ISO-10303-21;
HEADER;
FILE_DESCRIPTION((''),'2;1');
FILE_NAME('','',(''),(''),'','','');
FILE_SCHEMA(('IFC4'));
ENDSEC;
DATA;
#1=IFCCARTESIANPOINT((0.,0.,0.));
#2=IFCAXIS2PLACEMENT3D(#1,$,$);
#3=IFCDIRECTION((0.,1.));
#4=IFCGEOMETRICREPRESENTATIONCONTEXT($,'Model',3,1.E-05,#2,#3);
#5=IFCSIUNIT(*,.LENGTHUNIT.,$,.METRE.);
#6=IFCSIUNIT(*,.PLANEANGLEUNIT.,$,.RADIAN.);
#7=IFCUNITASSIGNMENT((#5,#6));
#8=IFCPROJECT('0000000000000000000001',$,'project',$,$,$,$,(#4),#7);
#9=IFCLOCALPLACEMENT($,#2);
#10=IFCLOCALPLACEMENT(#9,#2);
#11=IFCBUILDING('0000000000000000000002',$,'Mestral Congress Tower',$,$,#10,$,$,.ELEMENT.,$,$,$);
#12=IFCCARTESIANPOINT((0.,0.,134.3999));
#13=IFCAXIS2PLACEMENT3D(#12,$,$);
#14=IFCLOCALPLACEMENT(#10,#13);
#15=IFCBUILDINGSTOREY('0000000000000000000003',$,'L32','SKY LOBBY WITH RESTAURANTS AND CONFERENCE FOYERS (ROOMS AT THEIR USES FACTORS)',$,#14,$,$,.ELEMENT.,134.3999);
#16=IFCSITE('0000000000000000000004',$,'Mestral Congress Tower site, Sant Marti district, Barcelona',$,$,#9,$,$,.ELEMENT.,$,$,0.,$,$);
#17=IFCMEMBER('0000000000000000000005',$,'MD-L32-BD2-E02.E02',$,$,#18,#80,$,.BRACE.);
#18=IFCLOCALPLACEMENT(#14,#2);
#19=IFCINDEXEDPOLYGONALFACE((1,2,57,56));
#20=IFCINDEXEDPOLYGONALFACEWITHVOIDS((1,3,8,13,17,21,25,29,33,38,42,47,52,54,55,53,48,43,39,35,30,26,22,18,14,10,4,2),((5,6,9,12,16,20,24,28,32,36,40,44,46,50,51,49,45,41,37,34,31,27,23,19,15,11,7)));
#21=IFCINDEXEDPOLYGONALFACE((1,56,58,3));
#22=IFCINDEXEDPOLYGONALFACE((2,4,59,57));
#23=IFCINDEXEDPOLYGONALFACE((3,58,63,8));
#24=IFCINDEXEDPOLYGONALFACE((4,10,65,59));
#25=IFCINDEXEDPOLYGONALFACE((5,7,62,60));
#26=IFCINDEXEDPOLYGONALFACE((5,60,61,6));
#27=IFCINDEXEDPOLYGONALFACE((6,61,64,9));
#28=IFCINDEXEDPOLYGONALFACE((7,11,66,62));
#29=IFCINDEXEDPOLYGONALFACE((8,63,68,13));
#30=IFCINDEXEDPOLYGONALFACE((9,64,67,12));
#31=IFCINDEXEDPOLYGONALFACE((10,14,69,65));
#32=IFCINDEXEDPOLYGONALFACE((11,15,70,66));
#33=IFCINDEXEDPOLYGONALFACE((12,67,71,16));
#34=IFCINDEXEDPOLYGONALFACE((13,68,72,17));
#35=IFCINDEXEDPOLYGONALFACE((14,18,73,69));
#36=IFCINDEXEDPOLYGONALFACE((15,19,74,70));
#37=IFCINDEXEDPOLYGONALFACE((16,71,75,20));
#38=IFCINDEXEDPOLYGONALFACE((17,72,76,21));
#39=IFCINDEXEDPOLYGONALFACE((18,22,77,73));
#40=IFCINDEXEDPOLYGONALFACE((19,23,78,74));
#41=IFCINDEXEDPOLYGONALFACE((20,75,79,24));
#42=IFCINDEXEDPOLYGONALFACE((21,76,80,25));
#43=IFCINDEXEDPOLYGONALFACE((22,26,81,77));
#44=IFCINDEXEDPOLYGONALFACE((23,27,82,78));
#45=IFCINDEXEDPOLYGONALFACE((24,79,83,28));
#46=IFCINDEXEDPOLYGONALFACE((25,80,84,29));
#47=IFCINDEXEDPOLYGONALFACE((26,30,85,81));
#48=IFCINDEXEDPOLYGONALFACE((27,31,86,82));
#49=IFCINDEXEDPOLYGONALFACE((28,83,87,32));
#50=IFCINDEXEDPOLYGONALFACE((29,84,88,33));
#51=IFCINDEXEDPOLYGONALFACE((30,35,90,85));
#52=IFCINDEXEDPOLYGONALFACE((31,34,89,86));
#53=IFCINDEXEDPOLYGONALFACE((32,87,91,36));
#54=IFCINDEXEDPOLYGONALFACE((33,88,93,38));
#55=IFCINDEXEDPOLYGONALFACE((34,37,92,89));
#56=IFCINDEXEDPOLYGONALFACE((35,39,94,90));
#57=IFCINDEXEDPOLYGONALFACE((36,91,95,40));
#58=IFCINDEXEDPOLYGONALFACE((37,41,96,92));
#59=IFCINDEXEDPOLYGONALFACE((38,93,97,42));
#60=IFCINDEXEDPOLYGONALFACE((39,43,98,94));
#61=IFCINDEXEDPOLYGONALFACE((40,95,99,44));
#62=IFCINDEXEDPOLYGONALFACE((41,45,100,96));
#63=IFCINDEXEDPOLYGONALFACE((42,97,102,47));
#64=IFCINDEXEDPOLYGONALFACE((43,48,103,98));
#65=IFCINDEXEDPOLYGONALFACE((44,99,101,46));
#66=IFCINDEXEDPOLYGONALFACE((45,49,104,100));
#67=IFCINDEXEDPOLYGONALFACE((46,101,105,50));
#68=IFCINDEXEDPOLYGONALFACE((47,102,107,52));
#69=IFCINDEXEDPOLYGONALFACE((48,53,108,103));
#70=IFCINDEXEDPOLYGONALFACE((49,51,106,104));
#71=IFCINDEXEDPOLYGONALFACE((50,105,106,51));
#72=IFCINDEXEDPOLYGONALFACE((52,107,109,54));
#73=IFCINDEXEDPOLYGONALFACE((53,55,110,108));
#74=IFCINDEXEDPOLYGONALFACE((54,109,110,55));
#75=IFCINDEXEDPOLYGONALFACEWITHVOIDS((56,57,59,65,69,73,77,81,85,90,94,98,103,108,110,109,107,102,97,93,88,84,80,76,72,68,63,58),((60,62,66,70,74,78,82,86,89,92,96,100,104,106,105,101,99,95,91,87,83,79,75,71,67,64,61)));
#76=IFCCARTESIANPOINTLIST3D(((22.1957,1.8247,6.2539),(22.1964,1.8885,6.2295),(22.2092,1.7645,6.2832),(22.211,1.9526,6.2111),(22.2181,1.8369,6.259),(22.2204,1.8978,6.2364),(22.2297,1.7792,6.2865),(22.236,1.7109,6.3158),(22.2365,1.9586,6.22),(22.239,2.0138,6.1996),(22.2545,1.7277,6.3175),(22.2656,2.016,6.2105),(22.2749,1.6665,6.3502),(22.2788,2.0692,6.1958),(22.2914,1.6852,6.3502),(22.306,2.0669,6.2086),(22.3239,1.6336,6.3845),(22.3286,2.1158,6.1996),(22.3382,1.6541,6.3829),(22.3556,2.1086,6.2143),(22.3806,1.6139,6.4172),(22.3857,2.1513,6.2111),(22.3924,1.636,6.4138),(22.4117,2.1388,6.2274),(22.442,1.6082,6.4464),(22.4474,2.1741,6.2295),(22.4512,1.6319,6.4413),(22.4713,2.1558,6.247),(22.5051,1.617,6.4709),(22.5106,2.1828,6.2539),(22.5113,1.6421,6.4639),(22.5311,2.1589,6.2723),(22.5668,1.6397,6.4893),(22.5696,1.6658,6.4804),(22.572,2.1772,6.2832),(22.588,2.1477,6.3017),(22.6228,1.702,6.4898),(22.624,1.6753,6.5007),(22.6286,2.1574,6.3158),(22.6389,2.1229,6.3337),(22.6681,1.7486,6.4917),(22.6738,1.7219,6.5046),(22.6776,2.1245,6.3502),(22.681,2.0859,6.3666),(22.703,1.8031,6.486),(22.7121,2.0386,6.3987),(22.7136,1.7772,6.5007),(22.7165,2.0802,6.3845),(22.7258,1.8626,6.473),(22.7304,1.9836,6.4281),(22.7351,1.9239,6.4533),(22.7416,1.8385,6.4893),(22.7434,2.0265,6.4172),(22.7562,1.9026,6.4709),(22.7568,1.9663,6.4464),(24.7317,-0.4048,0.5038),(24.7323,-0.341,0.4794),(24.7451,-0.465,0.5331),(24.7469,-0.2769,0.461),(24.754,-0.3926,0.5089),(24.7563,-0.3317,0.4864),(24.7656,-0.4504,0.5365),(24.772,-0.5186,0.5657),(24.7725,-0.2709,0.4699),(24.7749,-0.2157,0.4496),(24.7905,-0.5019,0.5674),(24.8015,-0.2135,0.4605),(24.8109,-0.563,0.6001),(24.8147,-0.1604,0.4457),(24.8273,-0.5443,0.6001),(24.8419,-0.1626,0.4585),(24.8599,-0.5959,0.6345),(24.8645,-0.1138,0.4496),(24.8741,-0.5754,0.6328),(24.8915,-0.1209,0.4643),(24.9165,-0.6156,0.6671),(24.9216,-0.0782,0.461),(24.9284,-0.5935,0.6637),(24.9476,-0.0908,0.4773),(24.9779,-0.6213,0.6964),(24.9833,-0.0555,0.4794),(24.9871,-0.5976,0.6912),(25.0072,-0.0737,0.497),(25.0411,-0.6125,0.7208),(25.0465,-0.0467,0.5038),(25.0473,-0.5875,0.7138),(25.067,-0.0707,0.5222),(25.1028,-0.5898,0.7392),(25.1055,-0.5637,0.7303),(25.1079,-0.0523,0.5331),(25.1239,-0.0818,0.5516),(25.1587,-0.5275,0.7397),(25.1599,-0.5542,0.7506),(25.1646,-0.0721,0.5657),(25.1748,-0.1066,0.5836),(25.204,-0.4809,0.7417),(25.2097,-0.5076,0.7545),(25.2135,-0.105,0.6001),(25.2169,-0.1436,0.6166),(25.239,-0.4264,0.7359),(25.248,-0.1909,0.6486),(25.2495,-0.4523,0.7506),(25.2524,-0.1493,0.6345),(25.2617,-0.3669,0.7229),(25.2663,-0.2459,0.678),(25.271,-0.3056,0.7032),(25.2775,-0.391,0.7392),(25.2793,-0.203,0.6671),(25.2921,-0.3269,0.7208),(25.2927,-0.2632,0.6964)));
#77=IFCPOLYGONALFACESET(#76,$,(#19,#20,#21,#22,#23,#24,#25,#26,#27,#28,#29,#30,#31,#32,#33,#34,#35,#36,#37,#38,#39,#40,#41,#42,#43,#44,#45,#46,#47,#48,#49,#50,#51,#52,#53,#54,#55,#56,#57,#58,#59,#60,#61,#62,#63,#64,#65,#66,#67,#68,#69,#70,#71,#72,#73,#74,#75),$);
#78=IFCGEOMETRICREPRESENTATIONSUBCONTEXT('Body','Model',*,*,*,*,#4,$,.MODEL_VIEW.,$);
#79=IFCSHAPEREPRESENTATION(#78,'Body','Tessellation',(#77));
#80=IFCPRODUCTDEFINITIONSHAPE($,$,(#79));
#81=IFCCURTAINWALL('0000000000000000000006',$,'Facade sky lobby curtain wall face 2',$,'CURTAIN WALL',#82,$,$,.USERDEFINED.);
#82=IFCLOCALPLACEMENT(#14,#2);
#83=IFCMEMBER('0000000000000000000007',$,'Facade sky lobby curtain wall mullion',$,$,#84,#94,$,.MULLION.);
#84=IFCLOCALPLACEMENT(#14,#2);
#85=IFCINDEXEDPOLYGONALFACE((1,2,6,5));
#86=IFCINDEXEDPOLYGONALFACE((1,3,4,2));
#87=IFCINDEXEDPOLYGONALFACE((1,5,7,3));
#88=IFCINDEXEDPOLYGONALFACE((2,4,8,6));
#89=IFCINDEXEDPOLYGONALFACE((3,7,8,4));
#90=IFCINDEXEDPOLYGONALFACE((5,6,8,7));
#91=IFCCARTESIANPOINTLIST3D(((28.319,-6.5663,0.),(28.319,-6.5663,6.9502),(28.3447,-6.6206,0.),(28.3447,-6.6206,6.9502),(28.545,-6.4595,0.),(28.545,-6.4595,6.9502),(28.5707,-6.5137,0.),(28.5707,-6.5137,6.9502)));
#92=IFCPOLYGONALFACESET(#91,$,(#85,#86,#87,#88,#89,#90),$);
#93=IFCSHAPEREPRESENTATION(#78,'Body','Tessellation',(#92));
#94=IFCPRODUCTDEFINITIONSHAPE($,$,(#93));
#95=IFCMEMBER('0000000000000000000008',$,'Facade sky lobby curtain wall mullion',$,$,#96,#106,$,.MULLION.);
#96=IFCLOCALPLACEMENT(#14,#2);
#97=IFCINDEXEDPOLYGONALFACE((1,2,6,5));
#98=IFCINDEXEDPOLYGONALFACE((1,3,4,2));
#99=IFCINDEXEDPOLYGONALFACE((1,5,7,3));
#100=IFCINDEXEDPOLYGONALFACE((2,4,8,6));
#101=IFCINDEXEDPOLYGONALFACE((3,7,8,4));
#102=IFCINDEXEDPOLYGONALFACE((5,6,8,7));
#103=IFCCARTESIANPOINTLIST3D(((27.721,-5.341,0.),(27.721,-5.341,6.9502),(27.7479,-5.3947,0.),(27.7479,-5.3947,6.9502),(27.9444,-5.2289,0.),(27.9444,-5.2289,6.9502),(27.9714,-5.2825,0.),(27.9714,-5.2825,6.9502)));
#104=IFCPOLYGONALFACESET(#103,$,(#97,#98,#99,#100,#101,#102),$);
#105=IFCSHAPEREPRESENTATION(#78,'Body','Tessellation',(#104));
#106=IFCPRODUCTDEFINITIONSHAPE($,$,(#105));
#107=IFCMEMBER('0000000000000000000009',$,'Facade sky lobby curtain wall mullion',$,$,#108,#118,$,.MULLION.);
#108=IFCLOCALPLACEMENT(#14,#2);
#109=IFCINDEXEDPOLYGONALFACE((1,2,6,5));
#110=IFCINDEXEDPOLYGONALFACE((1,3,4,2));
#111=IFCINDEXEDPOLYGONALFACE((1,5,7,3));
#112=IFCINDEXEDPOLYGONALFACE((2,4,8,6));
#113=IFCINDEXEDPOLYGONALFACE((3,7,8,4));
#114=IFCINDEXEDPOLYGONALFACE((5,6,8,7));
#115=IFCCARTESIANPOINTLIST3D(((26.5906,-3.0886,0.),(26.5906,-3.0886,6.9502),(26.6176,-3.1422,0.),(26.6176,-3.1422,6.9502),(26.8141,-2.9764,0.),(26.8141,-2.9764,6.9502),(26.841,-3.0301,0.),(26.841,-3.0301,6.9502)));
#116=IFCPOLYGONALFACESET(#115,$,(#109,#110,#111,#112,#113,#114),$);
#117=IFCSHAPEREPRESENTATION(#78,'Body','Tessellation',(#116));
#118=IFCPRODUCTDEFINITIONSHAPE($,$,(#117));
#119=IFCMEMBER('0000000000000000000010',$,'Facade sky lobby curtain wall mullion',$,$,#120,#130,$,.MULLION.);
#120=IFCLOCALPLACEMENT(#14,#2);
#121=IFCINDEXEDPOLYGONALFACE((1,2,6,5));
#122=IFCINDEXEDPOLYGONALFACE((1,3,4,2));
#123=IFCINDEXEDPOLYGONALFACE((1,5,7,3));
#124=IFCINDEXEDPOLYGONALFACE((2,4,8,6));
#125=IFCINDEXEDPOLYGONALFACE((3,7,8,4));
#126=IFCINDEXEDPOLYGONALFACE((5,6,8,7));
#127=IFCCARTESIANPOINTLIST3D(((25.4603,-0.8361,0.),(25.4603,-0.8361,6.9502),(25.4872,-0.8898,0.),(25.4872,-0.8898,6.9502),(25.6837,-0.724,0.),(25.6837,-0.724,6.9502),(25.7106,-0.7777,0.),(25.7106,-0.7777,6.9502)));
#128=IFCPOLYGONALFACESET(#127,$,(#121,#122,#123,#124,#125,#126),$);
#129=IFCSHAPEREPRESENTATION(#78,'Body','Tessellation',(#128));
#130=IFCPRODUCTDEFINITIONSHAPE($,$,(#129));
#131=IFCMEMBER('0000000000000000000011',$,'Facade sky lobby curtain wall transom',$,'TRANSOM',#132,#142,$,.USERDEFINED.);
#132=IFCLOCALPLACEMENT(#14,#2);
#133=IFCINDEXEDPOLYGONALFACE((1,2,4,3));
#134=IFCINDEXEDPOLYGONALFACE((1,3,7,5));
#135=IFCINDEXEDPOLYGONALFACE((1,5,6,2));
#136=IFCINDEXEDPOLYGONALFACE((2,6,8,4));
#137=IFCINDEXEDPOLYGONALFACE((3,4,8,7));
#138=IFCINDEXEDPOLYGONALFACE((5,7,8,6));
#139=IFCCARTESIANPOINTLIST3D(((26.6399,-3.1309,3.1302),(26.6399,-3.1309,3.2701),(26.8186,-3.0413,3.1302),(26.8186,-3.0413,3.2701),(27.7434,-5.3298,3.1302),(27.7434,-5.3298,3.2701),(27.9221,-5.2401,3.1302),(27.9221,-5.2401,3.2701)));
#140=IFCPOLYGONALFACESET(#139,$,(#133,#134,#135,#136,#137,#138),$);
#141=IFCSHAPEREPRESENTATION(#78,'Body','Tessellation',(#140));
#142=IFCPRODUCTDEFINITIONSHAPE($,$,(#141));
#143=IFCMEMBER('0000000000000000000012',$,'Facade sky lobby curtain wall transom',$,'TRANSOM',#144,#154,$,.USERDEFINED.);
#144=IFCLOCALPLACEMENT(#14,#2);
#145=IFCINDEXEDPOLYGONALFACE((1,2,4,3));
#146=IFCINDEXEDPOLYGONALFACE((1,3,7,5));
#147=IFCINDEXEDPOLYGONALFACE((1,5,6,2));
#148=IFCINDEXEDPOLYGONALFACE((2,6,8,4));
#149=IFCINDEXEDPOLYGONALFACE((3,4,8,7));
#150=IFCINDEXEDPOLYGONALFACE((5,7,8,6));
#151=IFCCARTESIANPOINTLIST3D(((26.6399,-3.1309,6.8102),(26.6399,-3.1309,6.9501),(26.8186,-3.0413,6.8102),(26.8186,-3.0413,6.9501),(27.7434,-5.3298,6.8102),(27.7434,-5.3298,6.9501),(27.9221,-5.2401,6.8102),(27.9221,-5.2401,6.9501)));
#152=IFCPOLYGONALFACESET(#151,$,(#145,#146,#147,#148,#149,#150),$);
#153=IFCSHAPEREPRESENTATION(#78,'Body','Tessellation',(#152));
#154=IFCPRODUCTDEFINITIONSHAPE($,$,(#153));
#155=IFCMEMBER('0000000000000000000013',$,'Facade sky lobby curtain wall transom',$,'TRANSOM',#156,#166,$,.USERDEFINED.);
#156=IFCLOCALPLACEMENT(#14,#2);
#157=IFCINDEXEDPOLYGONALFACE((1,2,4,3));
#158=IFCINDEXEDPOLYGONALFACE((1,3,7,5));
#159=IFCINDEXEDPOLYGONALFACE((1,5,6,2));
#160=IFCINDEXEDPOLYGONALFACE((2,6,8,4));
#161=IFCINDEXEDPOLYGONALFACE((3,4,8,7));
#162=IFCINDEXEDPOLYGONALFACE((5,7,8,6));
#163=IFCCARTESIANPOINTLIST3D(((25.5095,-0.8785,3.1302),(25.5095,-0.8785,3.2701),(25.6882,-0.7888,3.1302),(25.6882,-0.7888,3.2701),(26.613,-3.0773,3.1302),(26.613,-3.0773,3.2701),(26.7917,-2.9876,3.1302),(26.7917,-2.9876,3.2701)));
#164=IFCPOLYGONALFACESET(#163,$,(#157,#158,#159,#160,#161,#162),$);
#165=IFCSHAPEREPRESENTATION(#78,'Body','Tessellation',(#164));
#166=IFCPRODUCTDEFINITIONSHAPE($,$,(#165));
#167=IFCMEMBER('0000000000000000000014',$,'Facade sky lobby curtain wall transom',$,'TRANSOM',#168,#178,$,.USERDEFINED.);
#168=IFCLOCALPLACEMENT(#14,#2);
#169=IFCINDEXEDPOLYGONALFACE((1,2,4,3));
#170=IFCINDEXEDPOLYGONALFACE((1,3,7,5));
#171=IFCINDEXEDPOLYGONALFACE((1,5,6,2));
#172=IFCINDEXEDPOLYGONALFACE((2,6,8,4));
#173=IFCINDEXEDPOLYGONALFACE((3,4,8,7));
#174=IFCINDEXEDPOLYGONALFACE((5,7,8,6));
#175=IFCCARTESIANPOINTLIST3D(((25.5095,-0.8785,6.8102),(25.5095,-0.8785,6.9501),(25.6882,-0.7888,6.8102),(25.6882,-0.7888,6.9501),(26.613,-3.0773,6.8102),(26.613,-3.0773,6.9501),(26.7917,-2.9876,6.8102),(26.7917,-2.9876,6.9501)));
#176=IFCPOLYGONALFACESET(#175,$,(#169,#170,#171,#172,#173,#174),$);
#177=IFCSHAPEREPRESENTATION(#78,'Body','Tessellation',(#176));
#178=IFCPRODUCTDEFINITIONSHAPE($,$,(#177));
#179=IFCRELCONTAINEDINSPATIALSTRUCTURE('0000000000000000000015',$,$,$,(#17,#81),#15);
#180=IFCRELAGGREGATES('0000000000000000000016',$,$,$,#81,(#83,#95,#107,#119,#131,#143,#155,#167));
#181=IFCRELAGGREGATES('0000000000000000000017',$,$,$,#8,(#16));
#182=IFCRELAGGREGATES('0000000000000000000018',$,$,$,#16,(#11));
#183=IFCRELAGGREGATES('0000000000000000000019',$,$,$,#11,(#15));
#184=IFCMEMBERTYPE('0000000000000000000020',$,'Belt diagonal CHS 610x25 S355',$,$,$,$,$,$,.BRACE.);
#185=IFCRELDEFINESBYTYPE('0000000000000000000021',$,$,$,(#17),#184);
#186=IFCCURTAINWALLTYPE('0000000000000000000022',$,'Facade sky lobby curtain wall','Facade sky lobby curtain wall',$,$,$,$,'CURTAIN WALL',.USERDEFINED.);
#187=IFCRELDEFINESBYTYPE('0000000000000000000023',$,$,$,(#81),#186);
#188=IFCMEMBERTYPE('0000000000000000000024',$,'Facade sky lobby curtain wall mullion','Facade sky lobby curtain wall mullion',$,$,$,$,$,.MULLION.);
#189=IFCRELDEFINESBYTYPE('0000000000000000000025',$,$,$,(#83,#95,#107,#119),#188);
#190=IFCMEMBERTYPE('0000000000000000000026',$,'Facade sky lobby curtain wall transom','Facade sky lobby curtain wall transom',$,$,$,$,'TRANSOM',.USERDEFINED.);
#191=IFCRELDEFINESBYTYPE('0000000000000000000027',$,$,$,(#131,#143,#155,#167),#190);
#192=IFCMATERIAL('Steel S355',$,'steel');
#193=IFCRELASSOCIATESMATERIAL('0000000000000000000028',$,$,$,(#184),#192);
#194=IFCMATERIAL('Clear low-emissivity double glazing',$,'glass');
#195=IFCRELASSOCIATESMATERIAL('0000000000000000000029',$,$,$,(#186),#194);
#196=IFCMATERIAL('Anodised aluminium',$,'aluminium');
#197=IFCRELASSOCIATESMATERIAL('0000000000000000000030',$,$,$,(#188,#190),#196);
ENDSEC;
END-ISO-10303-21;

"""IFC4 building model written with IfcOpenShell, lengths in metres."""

from ifc_helpers import new_model, si_unit, direction, frame, origin, origin_2d, place, context, subcontext, project, spatial, rectangle, hollow_circle, extrude, material, material_profile, profile_set, type_object, element, aggregate, save


model = new_model("IFC4")

# Units and contexts
model_context = context("Model", 3, precision=1e-05, world=origin(), true_north=direction((0.0, 1.0)))
body_context = subcontext(model_context, "Body", "Model", "MODEL_VIEW")
ifc_project = project(units=[si_unit("LENGTHUNIT", "METRE"), si_unit("PLANEANGLEUNIT", "RADIAN")], contexts=[model_context])

# Site, building, storey
site_placement = place(None, origin())
site = spatial("IfcSite", under=ifc_project, at=site_placement, Name="Mestral Congress Tower site, Sant Marti district, Barcelona", CompositionType="ELEMENT", RefElevation=0.0)
building_placement = place(site_placement, origin())
building = spatial("IfcBuilding", under=site, at=building_placement, Name="Mestral Congress Tower", CompositionType="ELEMENT")
storey_placement = place(building_placement, frame((0.0, 0.0, 134.3999)))
storey = spatial("IfcBuildingStorey", under=building, at=storey_placement, Name="L32", Description="SKY LOBBY WITH RESTAURANTS AND CONFERENCE FOYERS (ROOMS AT THEIR USES FACTORS)", CompositionType="ELEMENT", Elevation=134.3999)

# Member
ifc_material_1 = material(Name="Steel S355", Category="steel")
ifc_material_profile_1 = material_profile(ifc_material_1, hollow_circle(Radius=0.3049, WallThickness=0.0249, at=origin_2d()), Name="CHS 610x25")
ifc_profile_set_1 = profile_set([ifc_material_profile_1], Name="Steel S355")
member_type_1 = type_object("IfcMemberType", Name="Belt diagonal CHS 610x25 S355", PredefinedType="BRACE", material=ifc_profile_set_1)
member_1_placement = place(storey_placement, frame((25.0122, -0.334, 0.6001), z_axis=(-0.3803, 0.334351, 0.862312), x_axis=(-0.660279, -0.75102, 0.0)))
element("IfcMember", 1, at=member_1_placement, inside=storey, type_object=member_type_1, Name="MD-L32-BD2-E02.E02", PredefinedType="BRACE", context=body_context, shape_type="SweptSolid", body=[
    extrude(hollow_circle(Radius=0.3049, WallThickness=0.0249, at=origin_2d()), origin(), (0.0, 0.0, 1.0), 6.6682),
])

# Curtain wall, members
ifc_material_2 = material(Name="Clear low-emissivity double glazing", Category="glass")
curtain_wall_type = type_object("IfcCurtainWallType", Name="Facade sky lobby curtain wall", Description="Facade sky lobby curtain wall", ElementType="CURTAIN WALL", PredefinedType="USERDEFINED", material=ifc_material_2)
curtain_wall_placement = place(storey_placement, origin())
curtain_wall = element("IfcCurtainWall", 2, at=curtain_wall_placement, inside=storey, type_object=curtain_wall_type, Name="Facade sky lobby curtain wall face 2", ObjectType="CURTAIN WALL", PredefinedType="USERDEFINED")
ifc_material_3 = material(Name="Anodised aluminium", Category="aluminium")
ifc_material_profile_2 = material_profile(ifc_material_3, rectangle(XDim=0.25, YDim=0.0601, at=origin_2d()), Name="CW1 mullion 250 x 60")
ifc_profile_set_2 = profile_set([ifc_material_profile_2], Name="Anodised aluminium")
member_type_2 = type_object("IfcMemberType", Name="Facade sky lobby curtain wall mullion", Description="Facade sky lobby curtain wall mullion", PredefinedType="MULLION", material=ifc_profile_set_2)
member_2_placement = place(storey_placement, frame((28.4448, -6.54, 0.0), z_axis=(0.0, 0.0, 1.0), x_axis=(0.904006, 0.42752, 0.0)))
member_2 = element("IfcMember", 3, at=member_2_placement, type_object=member_type_2, Name="Facade sky lobby curtain wall mullion", PredefinedType="MULLION", context=body_context, shape_type="SweptSolid", body=[
    extrude(rectangle(XDim=0.25, YDim=0.0601, at=origin_2d()), origin(), (0.0, 0.0, 1.0), 6.9502),
])
member_3_placement = place(storey_placement, frame((27.8462, -5.3118, 0.0), z_axis=(0.0, 0.0, 1.0), x_axis=(0.893762, 0.448542, 0.0)))
member_3 = element("IfcMember", 4, at=member_3_placement, type_object=member_type_2, Name="Facade sky lobby curtain wall mullion", PredefinedType="MULLION", context=body_context, shape_type="SweptSolid", body=[
    extrude(rectangle(XDim=0.25, YDim=0.0601, at=origin_2d()), origin(), (0.0, 0.0, 1.0), 6.9502),
])
member_4_placement = place(storey_placement, frame((26.7158, -3.0593, 0.0), z_axis=(0.0, 0.0, 1.0), x_axis=(0.893762, 0.448542, 0.0)))
member_4 = element("IfcMember", 5, at=member_4_placement, type_object=member_type_2, Name="Facade sky lobby curtain wall mullion", PredefinedType="MULLION", context=body_context, shape_type="SweptSolid", body=[
    extrude(rectangle(XDim=0.25, YDim=0.0601, at=origin_2d()), origin(), (0.0, 0.0, 1.0), 6.9502),
])
member_5_placement = place(storey_placement, frame((25.5854, -0.8069, 0.0), z_axis=(0.0, 0.0, 1.0), x_axis=(0.893762, 0.448542, 0.0)))
member_5 = element("IfcMember", 6, at=member_5_placement, type_object=member_type_2, Name="Facade sky lobby curtain wall mullion", PredefinedType="MULLION", context=body_context, shape_type="SweptSolid", body=[
    extrude(rectangle(XDim=0.25, YDim=0.0601, at=origin_2d()), origin(), (0.0, 0.0, 1.0), 6.9502),
])
ifc_material_profile_3 = material_profile(ifc_material_3, rectangle(XDim=0.2, YDim=0.1399, at=origin_2d()), Name="CW1 transom 200 x 140")
ifc_profile_set_3 = profile_set([ifc_material_profile_3], Name="Anodised aluminium")
member_type_3 = type_object("IfcMemberType", Name="Facade sky lobby curtain wall transom", Description="Facade sky lobby curtain wall transom", ElementType="TRANSOM", PredefinedType="USERDEFINED", material=ifc_profile_set_3)
member_6_placement = place(storey_placement, frame((27.8328, -5.2849, 3.2002), z_axis=(-0.448563, 0.893751, 0.0), x_axis=(-0.893751, -0.448563, 0.0)))
member_6 = element("IfcMember", 7, at=member_6_placement, type_object=member_type_3, Name="Facade sky lobby curtain wall transom", ObjectType="TRANSOM", PredefinedType="USERDEFINED", context=body_context, shape_type="SweptSolid", body=[
    extrude(rectangle(XDim=0.2, YDim=0.1399, at=origin_2d()), origin(), (0.0, 0.0, 1.0), 2.4602),
])
member_7_placement = place(storey_placement, frame((27.8328, -5.2849, 6.8801), z_axis=(-0.448563, 0.893751, 0.0), x_axis=(-0.893751, -0.448563, 0.0)))
member_7 = element("IfcMember", 8, at=member_7_placement, type_object=member_type_3, Name="Facade sky lobby curtain wall transom", ObjectType="TRANSOM", PredefinedType="USERDEFINED", context=body_context, shape_type="SweptSolid", body=[
    extrude(rectangle(XDim=0.2, YDim=0.1399, at=origin_2d()), origin(), (0.0, 0.0, 1.0), 2.4602),
])
member_8_placement = place(storey_placement, frame((26.7024, -3.0325, 3.2002), z_axis=(-0.448563, 0.893751, 0.0), x_axis=(-0.893751, -0.448563, 0.0)))
member_8 = element("IfcMember", 9, at=member_8_placement, type_object=member_type_3, Name="Facade sky lobby curtain wall transom", ObjectType="TRANSOM", PredefinedType="USERDEFINED", context=body_context, shape_type="SweptSolid", body=[
    extrude(rectangle(XDim=0.2, YDim=0.1399, at=origin_2d()), origin(), (0.0, 0.0, 1.0), 2.4602),
])
member_9_placement = place(storey_placement, frame((26.7024, -3.0325, 6.8801), z_axis=(-0.448563, 0.893751, 0.0), x_axis=(-0.893751, -0.448563, 0.0)))
member_9 = element("IfcMember", 10, at=member_9_placement, type_object=member_type_3, Name="Facade sky lobby curtain wall transom", ObjectType="TRANSOM", PredefinedType="USERDEFINED", context=body_context, shape_type="SweptSolid", body=[
    extrude(rectangle(XDim=0.2, YDim=0.1399, at=origin_2d()), origin(), (0.0, 0.0, 1.0), 2.4602),
])

aggregate(curtain_wall, [member_2, member_3, member_4, member_5, member_6, member_7, member_8, member_9])

save(model, "model.ifc")
